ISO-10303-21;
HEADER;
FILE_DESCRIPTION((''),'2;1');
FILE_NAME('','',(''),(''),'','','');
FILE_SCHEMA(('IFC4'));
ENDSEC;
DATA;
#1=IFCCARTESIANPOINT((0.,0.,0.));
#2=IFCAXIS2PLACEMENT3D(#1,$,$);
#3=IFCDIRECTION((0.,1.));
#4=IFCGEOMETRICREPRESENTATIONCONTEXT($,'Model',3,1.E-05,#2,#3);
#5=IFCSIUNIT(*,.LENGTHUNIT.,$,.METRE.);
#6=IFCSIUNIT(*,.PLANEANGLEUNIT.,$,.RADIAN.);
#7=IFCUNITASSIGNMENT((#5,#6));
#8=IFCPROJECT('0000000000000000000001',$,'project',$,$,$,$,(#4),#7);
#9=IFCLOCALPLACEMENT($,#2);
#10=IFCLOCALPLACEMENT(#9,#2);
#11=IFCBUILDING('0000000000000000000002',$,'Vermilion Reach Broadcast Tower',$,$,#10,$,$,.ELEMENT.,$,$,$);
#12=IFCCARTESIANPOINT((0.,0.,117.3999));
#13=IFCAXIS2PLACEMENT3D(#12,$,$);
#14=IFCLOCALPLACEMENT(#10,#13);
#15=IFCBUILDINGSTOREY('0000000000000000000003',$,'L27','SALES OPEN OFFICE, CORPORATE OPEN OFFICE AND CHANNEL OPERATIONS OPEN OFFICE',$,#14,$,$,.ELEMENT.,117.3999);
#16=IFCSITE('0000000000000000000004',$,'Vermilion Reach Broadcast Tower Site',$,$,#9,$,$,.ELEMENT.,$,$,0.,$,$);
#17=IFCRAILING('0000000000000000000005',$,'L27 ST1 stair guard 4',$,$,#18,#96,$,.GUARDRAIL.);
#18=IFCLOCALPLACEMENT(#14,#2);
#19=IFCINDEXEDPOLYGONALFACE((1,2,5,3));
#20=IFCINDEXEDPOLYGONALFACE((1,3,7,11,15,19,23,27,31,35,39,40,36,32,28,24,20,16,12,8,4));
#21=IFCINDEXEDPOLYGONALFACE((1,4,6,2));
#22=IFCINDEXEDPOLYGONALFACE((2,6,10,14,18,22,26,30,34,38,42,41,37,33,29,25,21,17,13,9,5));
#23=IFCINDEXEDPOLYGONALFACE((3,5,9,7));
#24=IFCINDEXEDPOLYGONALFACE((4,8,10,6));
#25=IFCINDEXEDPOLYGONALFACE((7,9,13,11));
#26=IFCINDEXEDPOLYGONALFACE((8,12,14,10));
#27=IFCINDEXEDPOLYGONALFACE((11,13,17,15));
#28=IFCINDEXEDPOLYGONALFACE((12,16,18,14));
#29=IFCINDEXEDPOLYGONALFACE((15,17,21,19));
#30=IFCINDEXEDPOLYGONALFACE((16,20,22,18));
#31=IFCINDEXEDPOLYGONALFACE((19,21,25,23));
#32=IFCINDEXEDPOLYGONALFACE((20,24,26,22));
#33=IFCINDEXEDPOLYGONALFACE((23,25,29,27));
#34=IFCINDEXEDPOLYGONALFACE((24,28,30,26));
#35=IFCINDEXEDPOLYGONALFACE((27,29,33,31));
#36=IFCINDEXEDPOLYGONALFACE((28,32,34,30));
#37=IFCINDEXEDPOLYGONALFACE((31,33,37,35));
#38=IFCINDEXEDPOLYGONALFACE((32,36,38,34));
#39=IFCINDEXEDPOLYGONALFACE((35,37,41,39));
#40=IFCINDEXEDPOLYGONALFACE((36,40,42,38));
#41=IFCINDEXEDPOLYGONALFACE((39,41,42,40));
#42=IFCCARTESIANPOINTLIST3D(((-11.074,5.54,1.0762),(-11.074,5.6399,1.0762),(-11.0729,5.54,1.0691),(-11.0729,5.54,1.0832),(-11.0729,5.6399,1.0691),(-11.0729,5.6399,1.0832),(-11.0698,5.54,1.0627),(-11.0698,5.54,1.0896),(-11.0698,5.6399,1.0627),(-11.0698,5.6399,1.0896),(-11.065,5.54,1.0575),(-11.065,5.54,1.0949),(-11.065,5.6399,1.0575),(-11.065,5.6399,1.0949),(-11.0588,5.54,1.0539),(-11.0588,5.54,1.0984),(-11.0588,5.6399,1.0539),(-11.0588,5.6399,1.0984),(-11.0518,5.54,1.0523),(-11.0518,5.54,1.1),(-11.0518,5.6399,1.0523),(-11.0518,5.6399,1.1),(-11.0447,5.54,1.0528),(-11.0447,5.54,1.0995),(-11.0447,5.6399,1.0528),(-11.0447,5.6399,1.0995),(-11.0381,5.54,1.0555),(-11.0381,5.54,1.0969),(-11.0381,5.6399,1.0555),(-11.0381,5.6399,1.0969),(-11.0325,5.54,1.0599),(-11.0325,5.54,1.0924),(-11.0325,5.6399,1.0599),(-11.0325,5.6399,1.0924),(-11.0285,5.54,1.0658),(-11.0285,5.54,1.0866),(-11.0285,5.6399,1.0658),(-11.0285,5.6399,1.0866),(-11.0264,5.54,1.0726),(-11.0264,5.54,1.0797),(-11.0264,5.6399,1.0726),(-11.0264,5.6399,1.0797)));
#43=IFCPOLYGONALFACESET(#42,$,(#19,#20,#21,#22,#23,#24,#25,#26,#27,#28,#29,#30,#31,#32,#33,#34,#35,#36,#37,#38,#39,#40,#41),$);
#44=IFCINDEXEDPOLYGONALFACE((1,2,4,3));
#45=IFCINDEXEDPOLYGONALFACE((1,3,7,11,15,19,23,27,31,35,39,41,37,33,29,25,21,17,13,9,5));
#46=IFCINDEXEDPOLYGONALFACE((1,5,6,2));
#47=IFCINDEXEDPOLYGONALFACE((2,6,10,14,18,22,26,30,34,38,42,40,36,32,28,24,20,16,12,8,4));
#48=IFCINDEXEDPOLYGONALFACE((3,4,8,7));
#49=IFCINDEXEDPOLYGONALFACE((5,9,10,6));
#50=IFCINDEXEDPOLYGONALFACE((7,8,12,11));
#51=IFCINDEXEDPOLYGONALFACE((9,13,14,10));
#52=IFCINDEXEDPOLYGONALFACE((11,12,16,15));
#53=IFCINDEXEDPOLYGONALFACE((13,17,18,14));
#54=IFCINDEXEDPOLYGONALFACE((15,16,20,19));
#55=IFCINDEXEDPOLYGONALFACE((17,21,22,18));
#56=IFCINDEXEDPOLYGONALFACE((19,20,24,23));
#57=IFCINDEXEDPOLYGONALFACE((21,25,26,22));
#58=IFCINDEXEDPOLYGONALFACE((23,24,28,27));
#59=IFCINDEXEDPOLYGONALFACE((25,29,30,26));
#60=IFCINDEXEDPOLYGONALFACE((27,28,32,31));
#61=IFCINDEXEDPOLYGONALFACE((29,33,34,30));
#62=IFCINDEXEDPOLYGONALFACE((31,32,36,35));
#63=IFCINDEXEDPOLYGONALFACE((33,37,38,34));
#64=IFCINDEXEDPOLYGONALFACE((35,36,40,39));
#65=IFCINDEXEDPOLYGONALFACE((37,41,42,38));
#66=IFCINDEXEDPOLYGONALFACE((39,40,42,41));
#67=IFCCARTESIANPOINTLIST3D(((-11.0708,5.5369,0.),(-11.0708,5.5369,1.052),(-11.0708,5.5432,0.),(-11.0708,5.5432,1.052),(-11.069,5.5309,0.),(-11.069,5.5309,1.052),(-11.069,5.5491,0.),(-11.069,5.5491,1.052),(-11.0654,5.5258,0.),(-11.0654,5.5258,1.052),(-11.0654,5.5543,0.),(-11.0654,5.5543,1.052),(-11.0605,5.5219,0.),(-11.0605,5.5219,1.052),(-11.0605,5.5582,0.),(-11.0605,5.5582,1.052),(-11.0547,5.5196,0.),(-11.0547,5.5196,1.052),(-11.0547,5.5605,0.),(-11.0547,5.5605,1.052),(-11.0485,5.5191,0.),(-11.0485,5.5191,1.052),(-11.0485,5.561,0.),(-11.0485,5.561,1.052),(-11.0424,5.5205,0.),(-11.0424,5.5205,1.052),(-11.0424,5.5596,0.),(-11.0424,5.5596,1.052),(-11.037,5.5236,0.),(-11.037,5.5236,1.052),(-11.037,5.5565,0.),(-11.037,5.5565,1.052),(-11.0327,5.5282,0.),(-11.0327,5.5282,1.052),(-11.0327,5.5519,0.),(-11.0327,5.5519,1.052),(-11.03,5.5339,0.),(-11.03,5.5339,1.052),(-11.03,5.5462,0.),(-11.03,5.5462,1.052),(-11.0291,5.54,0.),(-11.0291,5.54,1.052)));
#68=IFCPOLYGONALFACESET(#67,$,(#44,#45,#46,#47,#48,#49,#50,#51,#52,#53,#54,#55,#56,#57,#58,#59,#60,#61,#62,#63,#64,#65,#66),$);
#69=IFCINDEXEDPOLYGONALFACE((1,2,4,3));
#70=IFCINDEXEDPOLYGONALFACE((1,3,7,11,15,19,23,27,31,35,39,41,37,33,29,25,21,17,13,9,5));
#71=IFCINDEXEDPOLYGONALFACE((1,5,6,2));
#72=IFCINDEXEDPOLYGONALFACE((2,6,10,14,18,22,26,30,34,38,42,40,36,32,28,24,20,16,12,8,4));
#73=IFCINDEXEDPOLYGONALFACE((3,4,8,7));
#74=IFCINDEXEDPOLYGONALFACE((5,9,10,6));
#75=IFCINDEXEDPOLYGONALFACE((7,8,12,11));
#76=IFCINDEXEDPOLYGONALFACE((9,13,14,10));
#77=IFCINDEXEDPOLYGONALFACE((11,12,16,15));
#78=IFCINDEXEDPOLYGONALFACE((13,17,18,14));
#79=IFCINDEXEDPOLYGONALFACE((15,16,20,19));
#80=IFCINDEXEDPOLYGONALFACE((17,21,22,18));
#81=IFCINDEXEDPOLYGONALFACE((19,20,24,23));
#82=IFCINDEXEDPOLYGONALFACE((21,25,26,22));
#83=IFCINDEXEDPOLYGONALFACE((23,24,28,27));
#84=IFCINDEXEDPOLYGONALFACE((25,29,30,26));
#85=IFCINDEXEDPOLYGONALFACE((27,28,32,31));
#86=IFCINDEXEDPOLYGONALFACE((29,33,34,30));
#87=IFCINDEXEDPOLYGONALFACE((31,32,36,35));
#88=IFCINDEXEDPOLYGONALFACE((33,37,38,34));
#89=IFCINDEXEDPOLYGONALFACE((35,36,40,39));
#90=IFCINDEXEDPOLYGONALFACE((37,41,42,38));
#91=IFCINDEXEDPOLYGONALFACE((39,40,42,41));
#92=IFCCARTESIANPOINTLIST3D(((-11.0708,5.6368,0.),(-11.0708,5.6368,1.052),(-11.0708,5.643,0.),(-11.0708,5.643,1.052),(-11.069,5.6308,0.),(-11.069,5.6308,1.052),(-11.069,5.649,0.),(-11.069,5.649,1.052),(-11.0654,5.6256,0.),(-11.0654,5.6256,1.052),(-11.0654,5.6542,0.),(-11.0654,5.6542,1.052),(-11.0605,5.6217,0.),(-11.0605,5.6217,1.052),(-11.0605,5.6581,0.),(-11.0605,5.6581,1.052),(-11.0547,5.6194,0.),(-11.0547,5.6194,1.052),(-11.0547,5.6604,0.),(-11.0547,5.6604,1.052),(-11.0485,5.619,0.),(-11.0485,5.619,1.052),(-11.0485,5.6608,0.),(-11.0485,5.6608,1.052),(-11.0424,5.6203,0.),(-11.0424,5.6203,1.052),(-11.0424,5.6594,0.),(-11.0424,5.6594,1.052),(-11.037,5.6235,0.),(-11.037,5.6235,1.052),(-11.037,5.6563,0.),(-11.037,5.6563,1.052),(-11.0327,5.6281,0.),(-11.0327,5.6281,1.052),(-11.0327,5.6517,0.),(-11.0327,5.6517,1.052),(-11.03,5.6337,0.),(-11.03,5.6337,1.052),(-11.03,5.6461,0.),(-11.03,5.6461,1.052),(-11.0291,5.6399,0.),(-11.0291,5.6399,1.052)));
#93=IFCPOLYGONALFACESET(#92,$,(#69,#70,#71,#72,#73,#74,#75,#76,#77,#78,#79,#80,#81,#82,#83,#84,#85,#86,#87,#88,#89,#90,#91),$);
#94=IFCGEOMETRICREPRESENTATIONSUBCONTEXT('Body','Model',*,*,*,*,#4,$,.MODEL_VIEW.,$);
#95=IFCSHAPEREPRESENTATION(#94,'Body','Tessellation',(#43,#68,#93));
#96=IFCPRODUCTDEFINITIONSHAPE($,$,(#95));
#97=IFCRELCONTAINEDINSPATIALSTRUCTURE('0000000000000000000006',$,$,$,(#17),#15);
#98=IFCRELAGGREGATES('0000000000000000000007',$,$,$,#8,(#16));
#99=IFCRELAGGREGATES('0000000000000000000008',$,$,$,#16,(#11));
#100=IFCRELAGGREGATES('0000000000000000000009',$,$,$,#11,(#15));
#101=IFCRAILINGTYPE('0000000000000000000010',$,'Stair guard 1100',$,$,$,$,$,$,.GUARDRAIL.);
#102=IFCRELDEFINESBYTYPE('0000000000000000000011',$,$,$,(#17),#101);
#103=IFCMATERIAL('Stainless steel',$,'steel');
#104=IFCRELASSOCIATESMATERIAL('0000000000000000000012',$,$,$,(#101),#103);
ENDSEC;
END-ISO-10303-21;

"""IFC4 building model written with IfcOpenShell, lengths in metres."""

from ifc_helpers import new_model, si_unit, direction, frame, origin, origin_2d, place, context, subcontext, project, spatial, circle, extrude, material, type_object, element, save


model = new_model("IFC4")

# Units and contexts
model_context = context("Model", 3, precision=1e-05, world=origin(), true_north=direction((0.0, 1.0)))
body_context = subcontext(model_context, "Body", "Model", "MODEL_VIEW")
ifc_project = project(units=[si_unit("LENGTHUNIT", "METRE"), si_unit("PLANEANGLEUNIT", "RADIAN")], contexts=[model_context])

# Site, building, storey
site_placement = place(None, origin())
site = spatial("IfcSite", under=ifc_project, at=site_placement, Name="Vermilion Reach Broadcast Tower Site", CompositionType="ELEMENT", RefElevation=0.0)
building_placement = place(site_placement, origin())
building = spatial("IfcBuilding", under=site, at=building_placement, Name="Vermilion Reach Broadcast Tower", CompositionType="ELEMENT")
storey_placement = place(building_placement, frame((0.0, 0.0, 117.3999)))
storey = spatial("IfcBuildingStorey", under=building, at=storey_placement, Name="L27", Description="SALES OPEN OFFICE, CORPORATE OPEN OFFICE AND CHANNEL OPERATIONS OPEN OFFICE", CompositionType="ELEMENT", Elevation=117.3999)

# Railing
ifc_material_1 = material(Name="Stainless steel", Category="steel")
railing_type_1 = type_object("IfcRailingType", Name="Stair guard 1100", PredefinedType="GUARDRAIL", material=ifc_material_1)
railing_1_placement = place(storey_placement, frame((-11.05, 5.54, 0.0)))
element("IfcRailing", 1, at=railing_1_placement, inside=storey, type_object=railing_type_1, Name="L27 ST1 stair guard 4", PredefinedType="GUARDRAIL", context=body_context, shape_type="SweptSolid", body=[
    extrude(circle(Radius=0.0239, at=origin_2d()), frame((0.0, 0.0, 1.0762), z_axis=(0.0, 1.0, 0.0), x_axis=(-1.0, 0.0, 0.0)), (0.0, 0.0, 1.0), 0.0999),
    extrude(circle(Radius=0.021, at=origin_2d()), origin(), (0.0, 0.0, 1.0), 1.052),
    extrude(circle(Radius=0.021, at=origin_2d()), frame((0.0, 0.0999, 0.0)), (0.0, 0.0, 1.0), 1.052),
])

save(model, "model.ifc")
